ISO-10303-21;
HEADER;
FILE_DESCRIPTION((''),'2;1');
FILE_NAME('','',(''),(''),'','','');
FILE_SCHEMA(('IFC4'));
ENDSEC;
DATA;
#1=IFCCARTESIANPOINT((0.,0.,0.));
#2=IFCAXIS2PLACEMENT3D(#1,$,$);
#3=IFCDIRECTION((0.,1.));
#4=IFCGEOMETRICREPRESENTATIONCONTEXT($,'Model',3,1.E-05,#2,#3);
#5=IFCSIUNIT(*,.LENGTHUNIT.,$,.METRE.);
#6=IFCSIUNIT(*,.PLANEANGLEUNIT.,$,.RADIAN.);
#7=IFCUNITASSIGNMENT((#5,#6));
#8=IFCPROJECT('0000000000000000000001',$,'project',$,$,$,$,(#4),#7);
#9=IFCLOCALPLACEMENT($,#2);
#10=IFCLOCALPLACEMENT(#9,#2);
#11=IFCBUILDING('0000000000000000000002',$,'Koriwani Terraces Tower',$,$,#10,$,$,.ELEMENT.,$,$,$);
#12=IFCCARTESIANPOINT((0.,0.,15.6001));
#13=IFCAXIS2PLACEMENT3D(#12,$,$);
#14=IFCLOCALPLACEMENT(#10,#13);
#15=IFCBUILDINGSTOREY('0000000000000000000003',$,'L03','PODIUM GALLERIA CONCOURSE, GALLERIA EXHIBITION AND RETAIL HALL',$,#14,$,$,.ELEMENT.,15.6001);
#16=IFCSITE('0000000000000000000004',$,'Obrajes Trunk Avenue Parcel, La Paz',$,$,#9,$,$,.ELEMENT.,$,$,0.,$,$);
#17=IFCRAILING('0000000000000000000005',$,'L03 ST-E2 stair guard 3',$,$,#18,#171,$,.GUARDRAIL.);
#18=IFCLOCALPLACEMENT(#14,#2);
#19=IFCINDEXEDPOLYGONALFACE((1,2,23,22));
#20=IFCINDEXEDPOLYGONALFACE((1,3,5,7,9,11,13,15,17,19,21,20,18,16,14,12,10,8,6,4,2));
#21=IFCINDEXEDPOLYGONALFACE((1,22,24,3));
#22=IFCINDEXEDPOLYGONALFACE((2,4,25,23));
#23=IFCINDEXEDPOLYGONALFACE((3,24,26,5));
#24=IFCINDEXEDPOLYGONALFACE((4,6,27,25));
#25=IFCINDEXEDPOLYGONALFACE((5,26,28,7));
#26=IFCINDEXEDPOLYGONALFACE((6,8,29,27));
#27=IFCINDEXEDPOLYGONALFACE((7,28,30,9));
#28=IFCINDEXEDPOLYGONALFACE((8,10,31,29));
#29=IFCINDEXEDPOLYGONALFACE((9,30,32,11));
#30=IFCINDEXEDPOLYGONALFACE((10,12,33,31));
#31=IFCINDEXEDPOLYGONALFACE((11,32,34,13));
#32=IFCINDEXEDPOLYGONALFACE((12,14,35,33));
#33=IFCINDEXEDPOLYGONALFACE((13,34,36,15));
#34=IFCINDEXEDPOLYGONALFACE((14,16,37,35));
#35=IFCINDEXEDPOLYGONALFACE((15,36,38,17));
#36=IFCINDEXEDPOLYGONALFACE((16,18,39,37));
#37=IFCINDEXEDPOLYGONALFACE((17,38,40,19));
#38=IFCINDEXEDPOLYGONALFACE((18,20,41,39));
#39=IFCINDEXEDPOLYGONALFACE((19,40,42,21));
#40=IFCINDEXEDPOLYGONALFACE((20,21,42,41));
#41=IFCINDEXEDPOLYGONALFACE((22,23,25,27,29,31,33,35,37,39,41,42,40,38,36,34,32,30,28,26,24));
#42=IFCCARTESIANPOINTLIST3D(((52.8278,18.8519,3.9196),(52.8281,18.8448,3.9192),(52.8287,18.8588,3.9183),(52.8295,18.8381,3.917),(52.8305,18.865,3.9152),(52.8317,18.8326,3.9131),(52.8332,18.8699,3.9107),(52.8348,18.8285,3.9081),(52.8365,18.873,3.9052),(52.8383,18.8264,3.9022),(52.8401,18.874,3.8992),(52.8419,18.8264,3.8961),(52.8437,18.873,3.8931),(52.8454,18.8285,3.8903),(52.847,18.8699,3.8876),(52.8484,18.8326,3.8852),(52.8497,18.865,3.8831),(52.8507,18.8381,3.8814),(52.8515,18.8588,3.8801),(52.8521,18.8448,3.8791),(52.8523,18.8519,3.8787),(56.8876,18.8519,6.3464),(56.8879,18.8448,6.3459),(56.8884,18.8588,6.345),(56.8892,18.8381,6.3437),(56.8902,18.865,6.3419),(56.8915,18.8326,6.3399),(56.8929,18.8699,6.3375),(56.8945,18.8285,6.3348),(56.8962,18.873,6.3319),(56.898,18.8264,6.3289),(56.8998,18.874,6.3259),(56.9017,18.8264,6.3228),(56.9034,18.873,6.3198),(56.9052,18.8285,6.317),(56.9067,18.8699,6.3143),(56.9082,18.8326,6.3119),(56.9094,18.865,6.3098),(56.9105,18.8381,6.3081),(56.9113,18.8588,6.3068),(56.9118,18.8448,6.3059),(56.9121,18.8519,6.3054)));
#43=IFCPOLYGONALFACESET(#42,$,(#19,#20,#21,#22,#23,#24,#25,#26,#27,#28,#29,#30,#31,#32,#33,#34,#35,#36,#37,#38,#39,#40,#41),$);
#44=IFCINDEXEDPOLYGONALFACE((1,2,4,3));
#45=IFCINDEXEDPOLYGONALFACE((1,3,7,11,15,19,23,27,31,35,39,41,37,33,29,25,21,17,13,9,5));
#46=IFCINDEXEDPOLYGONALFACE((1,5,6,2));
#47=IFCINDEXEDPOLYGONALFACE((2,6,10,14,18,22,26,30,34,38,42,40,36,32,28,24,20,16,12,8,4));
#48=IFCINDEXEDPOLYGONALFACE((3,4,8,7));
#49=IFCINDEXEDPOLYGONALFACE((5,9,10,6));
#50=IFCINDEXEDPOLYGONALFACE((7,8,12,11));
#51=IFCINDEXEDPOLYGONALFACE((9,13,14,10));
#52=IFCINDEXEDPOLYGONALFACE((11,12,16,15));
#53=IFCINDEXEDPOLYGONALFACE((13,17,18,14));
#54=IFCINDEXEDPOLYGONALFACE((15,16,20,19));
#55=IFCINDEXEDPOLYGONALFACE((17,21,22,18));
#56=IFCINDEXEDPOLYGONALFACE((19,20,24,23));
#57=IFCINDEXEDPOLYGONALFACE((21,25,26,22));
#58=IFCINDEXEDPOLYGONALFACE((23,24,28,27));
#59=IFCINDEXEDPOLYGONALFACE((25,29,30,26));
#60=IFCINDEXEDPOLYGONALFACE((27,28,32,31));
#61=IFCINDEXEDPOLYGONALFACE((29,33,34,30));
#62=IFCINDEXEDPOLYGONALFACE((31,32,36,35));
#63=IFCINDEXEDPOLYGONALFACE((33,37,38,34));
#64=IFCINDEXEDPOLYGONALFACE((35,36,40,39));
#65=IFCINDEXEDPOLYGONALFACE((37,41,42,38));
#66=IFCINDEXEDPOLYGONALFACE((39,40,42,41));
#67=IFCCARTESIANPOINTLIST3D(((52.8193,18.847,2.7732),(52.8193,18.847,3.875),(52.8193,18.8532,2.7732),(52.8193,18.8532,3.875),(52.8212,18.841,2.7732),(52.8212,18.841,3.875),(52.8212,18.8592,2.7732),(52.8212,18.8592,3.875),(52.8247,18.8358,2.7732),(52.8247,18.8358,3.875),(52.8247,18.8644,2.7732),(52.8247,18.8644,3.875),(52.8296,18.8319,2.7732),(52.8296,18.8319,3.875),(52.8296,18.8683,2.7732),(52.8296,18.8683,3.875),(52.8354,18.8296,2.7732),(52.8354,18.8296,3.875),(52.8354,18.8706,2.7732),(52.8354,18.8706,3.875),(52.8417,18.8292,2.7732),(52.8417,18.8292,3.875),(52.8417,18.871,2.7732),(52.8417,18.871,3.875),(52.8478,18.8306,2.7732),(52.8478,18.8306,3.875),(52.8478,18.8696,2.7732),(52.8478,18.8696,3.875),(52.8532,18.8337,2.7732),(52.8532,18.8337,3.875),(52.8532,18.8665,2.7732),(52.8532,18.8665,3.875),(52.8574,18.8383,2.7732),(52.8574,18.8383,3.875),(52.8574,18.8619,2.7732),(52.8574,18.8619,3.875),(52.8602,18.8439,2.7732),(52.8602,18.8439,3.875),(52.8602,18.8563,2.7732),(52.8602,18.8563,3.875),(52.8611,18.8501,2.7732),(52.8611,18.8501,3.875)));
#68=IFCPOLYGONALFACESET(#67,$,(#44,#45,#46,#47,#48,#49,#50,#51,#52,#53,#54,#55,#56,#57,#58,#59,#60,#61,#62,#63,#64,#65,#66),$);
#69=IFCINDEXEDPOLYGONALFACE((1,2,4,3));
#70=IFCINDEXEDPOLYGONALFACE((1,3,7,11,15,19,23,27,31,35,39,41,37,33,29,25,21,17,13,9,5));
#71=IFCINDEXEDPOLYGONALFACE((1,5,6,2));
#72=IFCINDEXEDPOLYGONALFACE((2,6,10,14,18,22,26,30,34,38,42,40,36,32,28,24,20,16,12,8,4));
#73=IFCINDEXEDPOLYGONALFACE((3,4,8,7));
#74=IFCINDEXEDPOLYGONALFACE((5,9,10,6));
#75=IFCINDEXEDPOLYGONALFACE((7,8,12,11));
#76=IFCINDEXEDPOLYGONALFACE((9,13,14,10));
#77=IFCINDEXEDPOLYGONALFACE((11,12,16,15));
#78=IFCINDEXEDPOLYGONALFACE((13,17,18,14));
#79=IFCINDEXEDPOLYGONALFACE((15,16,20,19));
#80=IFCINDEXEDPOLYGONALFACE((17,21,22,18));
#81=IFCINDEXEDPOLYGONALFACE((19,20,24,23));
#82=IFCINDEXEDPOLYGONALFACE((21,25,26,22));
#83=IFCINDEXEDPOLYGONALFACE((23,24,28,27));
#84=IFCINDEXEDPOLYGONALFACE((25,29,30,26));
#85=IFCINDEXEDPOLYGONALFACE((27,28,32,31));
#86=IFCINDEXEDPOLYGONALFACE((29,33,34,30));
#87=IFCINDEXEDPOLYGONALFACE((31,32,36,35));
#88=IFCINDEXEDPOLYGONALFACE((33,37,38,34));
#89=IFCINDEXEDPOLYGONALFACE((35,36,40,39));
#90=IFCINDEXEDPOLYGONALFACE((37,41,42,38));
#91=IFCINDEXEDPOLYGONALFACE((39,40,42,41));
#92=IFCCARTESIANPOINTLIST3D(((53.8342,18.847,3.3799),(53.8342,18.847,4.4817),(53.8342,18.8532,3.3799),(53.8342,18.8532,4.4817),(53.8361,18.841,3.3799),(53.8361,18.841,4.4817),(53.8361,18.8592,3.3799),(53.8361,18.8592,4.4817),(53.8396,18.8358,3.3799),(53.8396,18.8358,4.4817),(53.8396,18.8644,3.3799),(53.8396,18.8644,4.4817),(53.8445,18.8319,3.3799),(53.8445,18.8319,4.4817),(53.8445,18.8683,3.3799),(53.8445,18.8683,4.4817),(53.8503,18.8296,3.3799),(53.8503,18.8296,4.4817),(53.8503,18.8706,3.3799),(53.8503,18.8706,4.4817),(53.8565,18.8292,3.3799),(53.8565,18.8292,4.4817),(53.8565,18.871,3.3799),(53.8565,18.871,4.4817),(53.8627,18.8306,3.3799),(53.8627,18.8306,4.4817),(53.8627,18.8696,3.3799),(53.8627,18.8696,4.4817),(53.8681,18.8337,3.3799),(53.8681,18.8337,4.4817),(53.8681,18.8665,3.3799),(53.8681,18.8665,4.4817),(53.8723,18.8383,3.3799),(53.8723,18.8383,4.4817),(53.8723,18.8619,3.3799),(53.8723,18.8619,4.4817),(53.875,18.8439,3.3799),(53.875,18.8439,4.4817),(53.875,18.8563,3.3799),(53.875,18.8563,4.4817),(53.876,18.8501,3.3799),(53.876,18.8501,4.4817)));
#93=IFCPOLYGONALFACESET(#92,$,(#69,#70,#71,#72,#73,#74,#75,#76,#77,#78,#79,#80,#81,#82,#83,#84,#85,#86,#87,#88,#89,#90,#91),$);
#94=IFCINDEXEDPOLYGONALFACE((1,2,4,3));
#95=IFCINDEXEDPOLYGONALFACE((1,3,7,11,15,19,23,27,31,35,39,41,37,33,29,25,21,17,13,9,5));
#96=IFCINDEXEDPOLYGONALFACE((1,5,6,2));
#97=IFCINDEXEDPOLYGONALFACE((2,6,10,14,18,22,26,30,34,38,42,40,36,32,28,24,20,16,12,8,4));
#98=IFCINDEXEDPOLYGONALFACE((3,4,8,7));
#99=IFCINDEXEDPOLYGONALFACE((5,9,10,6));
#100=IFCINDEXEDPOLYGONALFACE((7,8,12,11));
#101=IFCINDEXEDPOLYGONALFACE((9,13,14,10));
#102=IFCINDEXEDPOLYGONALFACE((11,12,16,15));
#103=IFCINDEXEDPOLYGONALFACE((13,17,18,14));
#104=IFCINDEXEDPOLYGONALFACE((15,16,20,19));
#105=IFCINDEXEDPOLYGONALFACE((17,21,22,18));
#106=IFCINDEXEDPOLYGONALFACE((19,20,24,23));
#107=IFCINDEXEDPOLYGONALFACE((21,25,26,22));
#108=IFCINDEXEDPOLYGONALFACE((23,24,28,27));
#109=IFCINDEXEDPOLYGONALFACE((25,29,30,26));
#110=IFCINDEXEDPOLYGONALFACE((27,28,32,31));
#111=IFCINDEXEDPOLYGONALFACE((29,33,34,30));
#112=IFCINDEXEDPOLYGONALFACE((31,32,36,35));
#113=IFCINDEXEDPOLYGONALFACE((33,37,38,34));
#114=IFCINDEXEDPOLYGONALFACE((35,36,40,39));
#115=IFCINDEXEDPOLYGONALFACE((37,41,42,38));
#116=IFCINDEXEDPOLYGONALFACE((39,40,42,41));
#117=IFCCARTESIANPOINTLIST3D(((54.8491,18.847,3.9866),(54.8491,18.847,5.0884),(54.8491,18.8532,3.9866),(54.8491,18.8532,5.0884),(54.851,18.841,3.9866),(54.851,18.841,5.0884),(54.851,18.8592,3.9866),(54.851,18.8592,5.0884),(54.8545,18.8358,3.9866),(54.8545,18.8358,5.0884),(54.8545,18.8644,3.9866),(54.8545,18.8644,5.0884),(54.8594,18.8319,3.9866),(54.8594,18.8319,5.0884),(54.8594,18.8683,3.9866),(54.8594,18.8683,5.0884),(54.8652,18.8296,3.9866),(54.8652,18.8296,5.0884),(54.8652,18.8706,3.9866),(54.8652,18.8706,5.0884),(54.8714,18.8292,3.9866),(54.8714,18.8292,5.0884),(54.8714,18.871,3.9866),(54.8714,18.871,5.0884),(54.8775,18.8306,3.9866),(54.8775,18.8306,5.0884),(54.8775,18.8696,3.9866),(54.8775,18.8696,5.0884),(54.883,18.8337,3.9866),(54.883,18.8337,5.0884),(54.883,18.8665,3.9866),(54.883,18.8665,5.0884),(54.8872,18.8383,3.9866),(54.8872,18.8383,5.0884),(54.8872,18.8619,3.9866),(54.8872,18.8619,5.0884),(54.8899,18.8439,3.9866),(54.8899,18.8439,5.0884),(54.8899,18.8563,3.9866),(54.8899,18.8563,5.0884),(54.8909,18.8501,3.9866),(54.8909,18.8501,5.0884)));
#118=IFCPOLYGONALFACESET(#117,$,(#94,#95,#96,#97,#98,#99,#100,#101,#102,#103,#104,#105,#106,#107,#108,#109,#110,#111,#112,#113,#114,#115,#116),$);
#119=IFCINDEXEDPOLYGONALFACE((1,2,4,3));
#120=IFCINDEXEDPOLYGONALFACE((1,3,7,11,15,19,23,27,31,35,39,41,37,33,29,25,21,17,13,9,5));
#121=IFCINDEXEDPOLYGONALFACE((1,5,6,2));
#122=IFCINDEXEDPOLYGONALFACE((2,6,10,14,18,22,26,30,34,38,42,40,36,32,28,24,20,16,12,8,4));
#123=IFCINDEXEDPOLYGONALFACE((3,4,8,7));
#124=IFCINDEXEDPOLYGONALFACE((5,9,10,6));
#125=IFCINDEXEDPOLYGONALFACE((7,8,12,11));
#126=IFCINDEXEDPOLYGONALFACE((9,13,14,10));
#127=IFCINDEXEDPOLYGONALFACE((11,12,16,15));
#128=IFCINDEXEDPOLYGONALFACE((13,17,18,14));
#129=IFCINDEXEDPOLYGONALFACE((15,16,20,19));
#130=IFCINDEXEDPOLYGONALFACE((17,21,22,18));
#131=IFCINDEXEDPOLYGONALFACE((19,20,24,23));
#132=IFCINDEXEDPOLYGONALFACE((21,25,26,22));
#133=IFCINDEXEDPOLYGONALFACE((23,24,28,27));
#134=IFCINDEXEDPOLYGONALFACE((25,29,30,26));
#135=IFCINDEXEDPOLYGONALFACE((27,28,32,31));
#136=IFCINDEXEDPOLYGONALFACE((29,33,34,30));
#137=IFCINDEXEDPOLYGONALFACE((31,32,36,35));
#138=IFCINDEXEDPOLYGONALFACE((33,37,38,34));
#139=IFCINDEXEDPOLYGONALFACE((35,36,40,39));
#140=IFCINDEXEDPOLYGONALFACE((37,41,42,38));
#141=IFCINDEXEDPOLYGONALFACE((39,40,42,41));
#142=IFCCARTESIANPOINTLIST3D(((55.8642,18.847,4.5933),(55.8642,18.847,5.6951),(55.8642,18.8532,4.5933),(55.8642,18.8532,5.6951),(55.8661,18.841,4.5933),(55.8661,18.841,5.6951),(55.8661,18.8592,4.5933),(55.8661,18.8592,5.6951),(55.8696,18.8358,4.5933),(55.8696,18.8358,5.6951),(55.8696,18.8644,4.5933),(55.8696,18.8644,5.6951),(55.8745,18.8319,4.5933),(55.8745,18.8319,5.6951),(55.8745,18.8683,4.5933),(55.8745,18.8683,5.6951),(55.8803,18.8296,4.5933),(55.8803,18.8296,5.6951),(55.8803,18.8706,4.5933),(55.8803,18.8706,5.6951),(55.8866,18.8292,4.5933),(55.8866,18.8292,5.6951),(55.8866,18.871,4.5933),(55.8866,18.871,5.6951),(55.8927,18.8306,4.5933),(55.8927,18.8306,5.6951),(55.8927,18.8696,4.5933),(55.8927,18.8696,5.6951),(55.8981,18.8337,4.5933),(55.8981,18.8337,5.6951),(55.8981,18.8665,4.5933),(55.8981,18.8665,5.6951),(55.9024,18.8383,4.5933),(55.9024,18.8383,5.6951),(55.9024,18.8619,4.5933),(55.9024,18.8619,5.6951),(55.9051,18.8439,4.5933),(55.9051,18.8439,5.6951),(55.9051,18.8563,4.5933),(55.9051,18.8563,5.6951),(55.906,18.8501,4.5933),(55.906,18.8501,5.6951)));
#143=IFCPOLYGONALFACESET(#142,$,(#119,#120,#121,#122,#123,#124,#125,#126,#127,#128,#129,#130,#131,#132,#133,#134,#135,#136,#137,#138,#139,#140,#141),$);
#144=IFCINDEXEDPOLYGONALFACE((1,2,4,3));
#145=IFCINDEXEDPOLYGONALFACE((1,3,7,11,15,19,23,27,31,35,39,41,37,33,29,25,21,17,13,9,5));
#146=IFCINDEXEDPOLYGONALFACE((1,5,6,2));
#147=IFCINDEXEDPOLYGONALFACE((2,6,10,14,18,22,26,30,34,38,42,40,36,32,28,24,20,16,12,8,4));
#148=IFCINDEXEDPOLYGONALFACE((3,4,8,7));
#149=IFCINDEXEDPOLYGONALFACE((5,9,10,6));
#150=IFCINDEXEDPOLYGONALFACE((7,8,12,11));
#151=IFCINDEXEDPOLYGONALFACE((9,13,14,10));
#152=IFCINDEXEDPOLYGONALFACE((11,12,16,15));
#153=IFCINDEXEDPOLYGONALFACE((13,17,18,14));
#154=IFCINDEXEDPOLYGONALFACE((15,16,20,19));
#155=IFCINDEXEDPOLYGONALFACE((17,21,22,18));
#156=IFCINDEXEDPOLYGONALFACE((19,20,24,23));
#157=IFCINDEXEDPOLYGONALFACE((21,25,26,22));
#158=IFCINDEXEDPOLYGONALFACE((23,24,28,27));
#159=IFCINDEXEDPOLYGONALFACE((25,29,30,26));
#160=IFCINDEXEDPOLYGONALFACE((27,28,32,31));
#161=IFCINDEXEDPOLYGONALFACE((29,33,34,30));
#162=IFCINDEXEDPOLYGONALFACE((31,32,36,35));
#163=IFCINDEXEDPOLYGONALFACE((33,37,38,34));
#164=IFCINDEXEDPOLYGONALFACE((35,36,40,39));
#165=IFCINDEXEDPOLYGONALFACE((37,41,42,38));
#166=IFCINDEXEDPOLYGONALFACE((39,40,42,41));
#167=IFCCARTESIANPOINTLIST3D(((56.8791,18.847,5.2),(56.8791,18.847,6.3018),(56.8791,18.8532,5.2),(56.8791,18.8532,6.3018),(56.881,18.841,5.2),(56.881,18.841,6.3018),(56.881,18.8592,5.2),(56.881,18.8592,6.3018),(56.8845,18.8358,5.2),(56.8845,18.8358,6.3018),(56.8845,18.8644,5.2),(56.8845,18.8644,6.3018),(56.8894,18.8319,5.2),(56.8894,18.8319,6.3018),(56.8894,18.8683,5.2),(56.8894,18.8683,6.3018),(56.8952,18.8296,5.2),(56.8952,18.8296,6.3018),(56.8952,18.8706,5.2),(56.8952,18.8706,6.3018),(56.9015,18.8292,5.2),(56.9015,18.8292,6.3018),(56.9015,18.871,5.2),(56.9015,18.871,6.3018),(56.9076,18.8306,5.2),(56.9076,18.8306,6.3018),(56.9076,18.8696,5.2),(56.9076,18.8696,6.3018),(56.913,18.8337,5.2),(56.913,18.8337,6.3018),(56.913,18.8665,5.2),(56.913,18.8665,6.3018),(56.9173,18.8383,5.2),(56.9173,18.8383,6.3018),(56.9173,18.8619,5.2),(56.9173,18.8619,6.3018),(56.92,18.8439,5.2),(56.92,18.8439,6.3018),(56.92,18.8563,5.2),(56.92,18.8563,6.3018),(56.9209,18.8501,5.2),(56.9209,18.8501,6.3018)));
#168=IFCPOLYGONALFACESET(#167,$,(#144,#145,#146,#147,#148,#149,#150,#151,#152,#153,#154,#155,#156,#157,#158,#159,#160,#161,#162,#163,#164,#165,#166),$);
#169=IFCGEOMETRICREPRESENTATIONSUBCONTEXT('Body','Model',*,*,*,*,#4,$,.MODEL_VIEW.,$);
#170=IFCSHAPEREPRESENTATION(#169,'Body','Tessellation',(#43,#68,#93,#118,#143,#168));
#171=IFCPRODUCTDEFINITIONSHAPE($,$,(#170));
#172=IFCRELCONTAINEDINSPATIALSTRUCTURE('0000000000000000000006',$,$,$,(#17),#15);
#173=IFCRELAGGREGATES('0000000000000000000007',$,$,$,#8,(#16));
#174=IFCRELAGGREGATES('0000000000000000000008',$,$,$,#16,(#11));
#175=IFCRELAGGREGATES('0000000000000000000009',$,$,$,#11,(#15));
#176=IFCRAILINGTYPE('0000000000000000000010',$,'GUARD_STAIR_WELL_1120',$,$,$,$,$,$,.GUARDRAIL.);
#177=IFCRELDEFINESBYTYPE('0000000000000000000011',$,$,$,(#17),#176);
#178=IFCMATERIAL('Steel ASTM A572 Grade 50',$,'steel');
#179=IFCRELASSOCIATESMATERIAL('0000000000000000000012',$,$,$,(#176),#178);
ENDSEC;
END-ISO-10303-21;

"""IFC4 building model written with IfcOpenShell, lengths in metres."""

from ifc_helpers import new_model, si_unit, direction, frame, origin, origin_2d, place, context, subcontext, project, spatial, circle, extrude, material, type_object, element, save


model = new_model("IFC4")

# Units and contexts
model_context = context("Model", 3, precision=1e-05, world=origin(), true_north=direction((0.0, 1.0)))
body_context = subcontext(model_context, "Body", "Model", "MODEL_VIEW")
ifc_project = project(units=[si_unit("LENGTHUNIT", "METRE"), si_unit("PLANEANGLEUNIT", "RADIAN")], contexts=[model_context])

# Site, building, storey
site_placement = place(None, origin())
site = spatial("IfcSite", under=ifc_project, at=site_placement, Name="Obrajes Trunk Avenue Parcel, La Paz", CompositionType="ELEMENT", RefElevation=0.0)
building_placement = place(site_placement, origin())
building = spatial("IfcBuilding", under=site, at=building_placement, Name="Koriwani Terraces Tower", CompositionType="ELEMENT")
storey_placement = place(building_placement, frame((0.0, 0.0, 15.6001)))
storey = spatial("IfcBuildingStorey", under=building, at=storey_placement, Name="L03", Description="PODIUM GALLERIA CONCOURSE, GALLERIA EXHIBITION AND RETAIL HALL", CompositionType="ELEMENT", Elevation=15.6001)

# Shared definitions
ifc_material_1 = material(Name="Steel ASTM A572 Grade 50", Category="steel")

# Railing
railing_type_1 = type_object("IfcRailingType", Name="GUARD_STAIR_WELL_1120", PredefinedType="GUARDRAIL", material=ifc_material_1)
railing_1_placement = place(storey_placement, frame((52.8401, 18.8501, 2.7732)))
element("IfcRailing", 1, at=railing_1_placement, inside=storey, type_object=railing_type_1, Name="L03 ST-E2 stair guard 3", PredefinedType="GUARDRAIL", context=body_context, shape_type="SweptSolid", body=[
    extrude(circle(Radius=0.0239, at=origin_2d()), frame((0.0, 0.0, 1.126), z_axis=(0.858343, 0.0, 0.513076), x_axis=(0.0, 1.0, 0.0)), (0.0, 0.0, 1.0), 4.7297),
    extrude(circle(Radius=0.021, at=origin_2d()), origin(), (0.0, 0.0, 1.0), 1.1018),
    extrude(circle(Radius=0.021, at=origin_2d()), frame((1.0149, 0.0, 0.6067)), (0.0, 0.0, 1.0), 1.1018),
    extrude(circle(Radius=0.021, at=origin_2d()), frame((2.0298, 0.0, 1.2134)), (0.0, 0.0, 1.0), 1.1018),
    extrude(circle(Radius=0.021, at=origin_2d()), frame((3.0449, 0.0, 1.8201)), (0.0, 0.0, 1.0), 1.1018),
    extrude(circle(Radius=0.021, at=origin_2d()), frame((4.0598, 0.0, 2.4268)), (0.0, 0.0, 1.0), 1.1018),
])

save(model, "model.ifc")
